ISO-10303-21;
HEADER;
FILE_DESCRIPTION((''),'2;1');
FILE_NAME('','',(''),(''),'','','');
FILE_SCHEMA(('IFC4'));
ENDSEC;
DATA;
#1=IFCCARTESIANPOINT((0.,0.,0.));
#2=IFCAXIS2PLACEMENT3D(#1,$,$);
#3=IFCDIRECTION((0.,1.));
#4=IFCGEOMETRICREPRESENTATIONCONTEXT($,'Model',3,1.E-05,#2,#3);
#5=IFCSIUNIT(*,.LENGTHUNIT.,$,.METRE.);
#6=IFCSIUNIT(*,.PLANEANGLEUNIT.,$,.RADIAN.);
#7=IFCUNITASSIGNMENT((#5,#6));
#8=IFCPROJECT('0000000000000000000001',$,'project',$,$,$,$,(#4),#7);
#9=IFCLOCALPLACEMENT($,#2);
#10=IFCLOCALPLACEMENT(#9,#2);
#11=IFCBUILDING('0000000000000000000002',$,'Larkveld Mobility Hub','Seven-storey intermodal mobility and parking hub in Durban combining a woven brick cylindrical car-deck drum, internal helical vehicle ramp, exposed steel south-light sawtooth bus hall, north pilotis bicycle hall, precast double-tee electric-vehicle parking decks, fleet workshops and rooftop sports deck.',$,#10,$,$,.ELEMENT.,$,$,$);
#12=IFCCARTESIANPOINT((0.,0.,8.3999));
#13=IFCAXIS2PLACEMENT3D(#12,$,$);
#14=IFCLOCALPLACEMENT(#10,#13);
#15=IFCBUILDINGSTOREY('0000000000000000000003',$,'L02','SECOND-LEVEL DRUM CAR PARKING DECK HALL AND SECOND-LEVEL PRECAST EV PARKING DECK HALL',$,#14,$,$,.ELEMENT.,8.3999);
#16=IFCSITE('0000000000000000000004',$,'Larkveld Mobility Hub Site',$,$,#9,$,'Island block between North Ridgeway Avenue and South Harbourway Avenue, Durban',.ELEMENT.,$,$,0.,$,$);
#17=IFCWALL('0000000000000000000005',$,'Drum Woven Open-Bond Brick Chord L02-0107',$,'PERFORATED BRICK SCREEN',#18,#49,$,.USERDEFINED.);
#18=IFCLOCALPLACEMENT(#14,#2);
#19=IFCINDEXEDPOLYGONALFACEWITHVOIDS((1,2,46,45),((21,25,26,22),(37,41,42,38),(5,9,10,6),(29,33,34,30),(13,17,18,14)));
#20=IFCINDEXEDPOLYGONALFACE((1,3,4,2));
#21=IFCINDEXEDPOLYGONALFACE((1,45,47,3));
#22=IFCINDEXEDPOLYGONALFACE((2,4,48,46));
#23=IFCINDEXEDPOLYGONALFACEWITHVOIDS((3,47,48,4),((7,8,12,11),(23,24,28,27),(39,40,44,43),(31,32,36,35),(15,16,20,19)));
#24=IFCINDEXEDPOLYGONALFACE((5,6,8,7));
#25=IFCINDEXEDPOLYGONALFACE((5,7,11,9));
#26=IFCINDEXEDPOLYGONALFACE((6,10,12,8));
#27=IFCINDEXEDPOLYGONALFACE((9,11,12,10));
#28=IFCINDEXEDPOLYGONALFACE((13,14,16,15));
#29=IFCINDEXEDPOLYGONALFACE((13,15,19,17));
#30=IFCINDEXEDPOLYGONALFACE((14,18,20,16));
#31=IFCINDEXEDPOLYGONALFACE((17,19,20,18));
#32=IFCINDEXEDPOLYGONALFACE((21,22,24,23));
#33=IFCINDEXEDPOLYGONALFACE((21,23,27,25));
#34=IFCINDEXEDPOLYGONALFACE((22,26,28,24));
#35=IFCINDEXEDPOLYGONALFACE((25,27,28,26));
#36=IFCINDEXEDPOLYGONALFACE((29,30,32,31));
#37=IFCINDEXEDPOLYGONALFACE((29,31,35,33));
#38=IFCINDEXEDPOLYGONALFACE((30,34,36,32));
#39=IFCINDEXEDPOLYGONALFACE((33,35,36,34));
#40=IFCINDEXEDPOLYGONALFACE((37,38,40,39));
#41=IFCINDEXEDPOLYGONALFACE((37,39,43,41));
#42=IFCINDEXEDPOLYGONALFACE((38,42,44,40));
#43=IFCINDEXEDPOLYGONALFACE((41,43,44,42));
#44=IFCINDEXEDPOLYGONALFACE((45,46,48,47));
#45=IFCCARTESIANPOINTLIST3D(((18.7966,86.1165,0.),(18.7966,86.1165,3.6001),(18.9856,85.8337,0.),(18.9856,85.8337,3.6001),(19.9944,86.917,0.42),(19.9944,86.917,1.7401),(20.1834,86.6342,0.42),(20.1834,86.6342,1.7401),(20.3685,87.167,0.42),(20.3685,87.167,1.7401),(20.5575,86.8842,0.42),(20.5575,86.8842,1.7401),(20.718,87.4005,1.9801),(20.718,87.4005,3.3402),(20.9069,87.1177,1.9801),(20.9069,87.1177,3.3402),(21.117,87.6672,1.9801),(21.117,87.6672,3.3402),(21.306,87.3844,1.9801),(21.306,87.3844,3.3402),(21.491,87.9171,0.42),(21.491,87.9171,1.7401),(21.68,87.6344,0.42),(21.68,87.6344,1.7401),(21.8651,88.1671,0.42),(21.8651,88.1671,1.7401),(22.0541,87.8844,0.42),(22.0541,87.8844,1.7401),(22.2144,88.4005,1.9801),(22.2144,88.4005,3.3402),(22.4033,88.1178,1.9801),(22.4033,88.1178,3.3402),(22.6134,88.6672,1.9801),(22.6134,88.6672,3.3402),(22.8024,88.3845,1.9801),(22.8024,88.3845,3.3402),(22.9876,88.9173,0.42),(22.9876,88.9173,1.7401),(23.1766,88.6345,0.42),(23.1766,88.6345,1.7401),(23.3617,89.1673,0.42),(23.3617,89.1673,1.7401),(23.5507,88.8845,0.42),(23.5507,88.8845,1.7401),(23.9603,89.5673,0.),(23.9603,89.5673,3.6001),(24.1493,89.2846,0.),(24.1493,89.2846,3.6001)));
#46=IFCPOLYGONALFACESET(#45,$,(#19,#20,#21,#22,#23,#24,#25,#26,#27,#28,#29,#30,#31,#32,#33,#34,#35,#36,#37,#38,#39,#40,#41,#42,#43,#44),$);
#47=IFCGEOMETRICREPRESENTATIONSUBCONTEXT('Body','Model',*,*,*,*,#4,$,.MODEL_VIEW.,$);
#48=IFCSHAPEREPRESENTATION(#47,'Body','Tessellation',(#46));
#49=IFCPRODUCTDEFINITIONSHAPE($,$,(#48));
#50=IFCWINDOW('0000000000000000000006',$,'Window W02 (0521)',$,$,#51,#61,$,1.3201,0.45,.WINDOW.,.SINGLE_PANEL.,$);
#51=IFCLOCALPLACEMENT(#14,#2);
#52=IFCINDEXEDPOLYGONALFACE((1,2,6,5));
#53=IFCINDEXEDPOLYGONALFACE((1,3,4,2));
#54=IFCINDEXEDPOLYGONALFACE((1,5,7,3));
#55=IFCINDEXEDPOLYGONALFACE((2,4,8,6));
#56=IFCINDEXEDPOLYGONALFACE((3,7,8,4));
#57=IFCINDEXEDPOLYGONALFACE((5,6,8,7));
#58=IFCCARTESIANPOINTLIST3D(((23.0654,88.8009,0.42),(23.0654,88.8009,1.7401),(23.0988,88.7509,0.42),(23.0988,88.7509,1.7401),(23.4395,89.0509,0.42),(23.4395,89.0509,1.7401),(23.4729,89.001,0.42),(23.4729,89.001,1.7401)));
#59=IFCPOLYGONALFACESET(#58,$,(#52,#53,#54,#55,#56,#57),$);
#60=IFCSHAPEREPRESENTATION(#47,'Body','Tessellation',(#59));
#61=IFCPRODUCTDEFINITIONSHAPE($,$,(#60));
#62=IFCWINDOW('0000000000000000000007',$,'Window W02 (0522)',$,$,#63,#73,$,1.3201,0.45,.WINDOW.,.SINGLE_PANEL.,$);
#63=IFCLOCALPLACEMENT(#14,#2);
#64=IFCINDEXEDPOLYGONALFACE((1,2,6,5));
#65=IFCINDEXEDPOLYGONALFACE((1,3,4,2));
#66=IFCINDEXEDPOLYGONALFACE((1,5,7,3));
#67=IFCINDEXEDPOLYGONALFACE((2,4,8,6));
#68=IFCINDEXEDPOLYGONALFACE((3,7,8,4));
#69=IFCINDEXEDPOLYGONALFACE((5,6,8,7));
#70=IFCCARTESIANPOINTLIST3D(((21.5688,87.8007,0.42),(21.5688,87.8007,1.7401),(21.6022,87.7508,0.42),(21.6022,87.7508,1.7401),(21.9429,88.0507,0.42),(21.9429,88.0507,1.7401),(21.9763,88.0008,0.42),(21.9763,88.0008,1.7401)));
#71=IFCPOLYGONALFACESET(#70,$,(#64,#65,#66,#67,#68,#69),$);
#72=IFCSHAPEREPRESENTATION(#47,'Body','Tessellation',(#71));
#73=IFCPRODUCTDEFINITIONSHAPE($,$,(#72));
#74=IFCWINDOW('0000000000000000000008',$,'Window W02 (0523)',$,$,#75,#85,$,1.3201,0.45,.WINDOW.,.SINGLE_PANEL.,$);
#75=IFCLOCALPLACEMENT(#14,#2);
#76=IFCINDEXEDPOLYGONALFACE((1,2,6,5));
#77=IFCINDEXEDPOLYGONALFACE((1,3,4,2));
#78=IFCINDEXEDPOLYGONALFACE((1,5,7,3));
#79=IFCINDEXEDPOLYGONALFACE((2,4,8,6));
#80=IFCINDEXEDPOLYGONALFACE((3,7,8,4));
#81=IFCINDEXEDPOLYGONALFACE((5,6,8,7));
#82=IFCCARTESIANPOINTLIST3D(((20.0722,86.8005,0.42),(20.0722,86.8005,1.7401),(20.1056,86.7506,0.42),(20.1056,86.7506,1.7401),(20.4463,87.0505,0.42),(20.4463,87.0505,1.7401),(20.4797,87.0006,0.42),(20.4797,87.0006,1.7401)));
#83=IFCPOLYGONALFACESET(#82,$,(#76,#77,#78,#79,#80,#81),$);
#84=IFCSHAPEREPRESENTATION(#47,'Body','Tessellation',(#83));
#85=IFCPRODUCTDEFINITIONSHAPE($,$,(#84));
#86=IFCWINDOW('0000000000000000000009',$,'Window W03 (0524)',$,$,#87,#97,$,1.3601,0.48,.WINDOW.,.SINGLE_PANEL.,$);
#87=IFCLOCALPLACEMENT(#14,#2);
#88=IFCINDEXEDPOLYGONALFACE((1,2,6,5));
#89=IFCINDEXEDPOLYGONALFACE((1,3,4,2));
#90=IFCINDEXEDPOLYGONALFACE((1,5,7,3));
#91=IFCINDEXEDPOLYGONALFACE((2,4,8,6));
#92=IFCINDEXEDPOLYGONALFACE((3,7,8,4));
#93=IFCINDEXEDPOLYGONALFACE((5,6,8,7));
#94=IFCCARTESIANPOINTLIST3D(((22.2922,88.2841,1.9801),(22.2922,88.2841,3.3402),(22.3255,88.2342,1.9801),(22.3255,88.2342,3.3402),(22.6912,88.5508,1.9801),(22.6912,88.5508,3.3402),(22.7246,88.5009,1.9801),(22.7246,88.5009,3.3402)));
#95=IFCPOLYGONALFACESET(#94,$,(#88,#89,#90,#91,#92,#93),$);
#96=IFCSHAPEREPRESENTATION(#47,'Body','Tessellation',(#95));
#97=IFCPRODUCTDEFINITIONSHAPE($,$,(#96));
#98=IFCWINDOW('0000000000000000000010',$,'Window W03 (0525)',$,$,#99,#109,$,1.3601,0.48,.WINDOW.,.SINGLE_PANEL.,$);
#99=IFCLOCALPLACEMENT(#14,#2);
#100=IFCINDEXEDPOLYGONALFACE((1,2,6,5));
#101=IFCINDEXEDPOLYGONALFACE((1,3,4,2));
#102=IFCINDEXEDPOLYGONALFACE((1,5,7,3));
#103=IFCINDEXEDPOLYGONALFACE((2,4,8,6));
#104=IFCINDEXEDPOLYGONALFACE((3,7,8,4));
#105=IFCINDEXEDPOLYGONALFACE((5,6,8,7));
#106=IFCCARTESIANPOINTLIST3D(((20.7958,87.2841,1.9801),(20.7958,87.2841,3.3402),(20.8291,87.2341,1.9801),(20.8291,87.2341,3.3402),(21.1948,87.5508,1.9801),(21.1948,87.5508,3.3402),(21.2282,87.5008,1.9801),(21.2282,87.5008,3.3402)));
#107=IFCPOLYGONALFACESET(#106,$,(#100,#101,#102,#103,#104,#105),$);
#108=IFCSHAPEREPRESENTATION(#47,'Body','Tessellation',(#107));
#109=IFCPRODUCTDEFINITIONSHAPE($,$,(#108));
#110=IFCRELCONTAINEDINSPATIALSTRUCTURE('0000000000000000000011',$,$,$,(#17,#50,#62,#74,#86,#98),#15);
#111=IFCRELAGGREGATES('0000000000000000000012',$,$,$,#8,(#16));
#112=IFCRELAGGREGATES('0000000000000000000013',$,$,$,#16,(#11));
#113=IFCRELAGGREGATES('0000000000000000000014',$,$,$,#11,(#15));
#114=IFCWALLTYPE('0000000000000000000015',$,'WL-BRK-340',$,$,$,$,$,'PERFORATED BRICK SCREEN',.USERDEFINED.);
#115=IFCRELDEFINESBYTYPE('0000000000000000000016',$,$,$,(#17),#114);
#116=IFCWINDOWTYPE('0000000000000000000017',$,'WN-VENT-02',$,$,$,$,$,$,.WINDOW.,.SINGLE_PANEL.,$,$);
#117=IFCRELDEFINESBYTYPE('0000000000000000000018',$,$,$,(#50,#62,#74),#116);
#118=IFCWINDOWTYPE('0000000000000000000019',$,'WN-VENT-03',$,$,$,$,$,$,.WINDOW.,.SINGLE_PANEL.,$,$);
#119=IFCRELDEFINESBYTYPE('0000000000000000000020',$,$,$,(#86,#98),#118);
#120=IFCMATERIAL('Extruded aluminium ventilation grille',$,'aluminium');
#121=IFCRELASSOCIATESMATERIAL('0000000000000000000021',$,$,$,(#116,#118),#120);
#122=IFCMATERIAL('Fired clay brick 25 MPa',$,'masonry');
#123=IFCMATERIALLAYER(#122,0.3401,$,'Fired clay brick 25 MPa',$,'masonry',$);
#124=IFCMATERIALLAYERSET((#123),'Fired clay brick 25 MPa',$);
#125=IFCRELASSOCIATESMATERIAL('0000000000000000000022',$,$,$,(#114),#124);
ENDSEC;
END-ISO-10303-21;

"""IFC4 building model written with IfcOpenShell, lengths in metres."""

from ifc_helpers import new_model, si_unit, direction, frame, frame_2d, origin, place, context, subcontext, project, spatial, rectangle, extrude, material, layer, layer_set, type_object, element, fill, save


model = new_model("IFC4")

# Units and contexts
model_context = context("Model", 3, precision=1e-05, world=origin(), true_north=direction((0.0, 1.0)))
body_context = subcontext(model_context, "Body", "Model", "MODEL_VIEW")
ifc_project = project(units=[si_unit("LENGTHUNIT", "METRE"), si_unit("PLANEANGLEUNIT", "RADIAN")], contexts=[model_context])

# Site, building, storey
site_placement = place(None, origin())
site = spatial("IfcSite", under=ifc_project, at=site_placement, Name="Larkveld Mobility Hub Site", LongName="Island block between North Ridgeway Avenue and South Harbourway Avenue, Durban", CompositionType="ELEMENT", RefElevation=0.0)
building_placement = place(site_placement, origin())
building = spatial("IfcBuilding", under=site, at=building_placement, Name="Larkveld Mobility Hub", Description="Seven-storey intermodal mobility and parking hub in Durban combining a woven brick cylindrical car-deck drum, internal helical vehicle ramp, exposed steel south-light sawtooth bus hall, north pilotis bicycle hall, precast double-tee electric-vehicle parking decks, fleet workshops and rooftop sports deck.", CompositionType="ELEMENT")
storey_placement = place(building_placement, frame((0.0, 0.0, 8.3999)))
storey = spatial("IfcBuildingStorey", under=building, at=storey_placement, Name="L02", Description="SECOND-LEVEL DRUM CAR PARKING DECK HALL AND SECOND-LEVEL PRECAST EV PARKING DECK HALL", CompositionType="ELEMENT", Elevation=8.3999)

# Wall, openings, windows
ifc_material_1 = material(Name="Fired clay brick 25 MPa", Category="masonry")
ifc_material_2 = material(Name="Extruded aluminium ventilation grille", Category="aluminium")
window_type_1 = type_object("IfcWindowType", Name="WN-VENT-02", PartitioningType="SINGLE_PANEL", PredefinedType="WINDOW", material=ifc_material_2)
ifc_layer_1 = layer(ifc_material_1, 0.3401, Name="Fired clay brick 25 MPa", Category="masonry")
ifc_layer_set_1 = layer_set([ifc_layer_1], Name="Fired clay brick 25 MPa")
wall_type_1 = type_object("IfcWallType", Name="WL-BRK-340", ElementType="PERFORATED BRICK SCREEN", PredefinedType="USERDEFINED", material=ifc_layer_set_1)
wall_1_placement = place(storey_placement, frame((24.0549, 89.426, 0.0), z_axis=(0.0, 0.0, 1.0), x_axis=(-0.831427, -0.555634, 0.0)))
wall_1 = element("IfcWall", 1, at=wall_1_placement, inside=storey, type_object=wall_type_1, Name="Drum Woven Open-Bond Brick Chord L02-0107", ObjectType="PERFORATED BRICK SCREEN", PredefinedType="USERDEFINED", context=body_context, shape_type="SweptSolid", body=[
    extrude(rectangle(XDim=6.2107, YDim=0.3401, at=frame_2d((3.1055, 0.0))), origin(), (0.0, 0.0, 1.0), 3.6001),
])
opening_1_placement = place(wall_1_placement, frame((0.72, 0.0, 0.4199)))
opening_1 = element("IfcOpeningElement", 2, at=opening_1_placement, cuts=wall_1, PredefinedType="OPENING", context=body_context, shape_type="SweptSolid", body=[
    extrude(rectangle(XDim=0.45, YDim=1.3201, at=frame_2d((0.2251, 0.6602))), frame((0.0, 0.1802, 0.0), z_axis=(0.0, -1.0, 0.0), x_axis=(1.0, 0.0, 0.0)), (0.0, 0.0, 1.0), 0.3601),
])
opening_2_placement = place(wall_1_placement, frame((2.52, 0.0, 0.4199)))
opening_2 = element("IfcOpeningElement", 3, at=opening_2_placement, cuts=wall_1, PredefinedType="OPENING", context=body_context, shape_type="SweptSolid", body=[
    extrude(rectangle(XDim=0.45, YDim=1.3201, at=frame_2d((0.2251, 0.6602))), frame((0.0, 0.1802, 0.0), z_axis=(0.0, -1.0, 0.0), x_axis=(1.0, 0.0, 0.0)), (0.0, 0.0, 1.0), 0.3601),
])
opening_3_placement = place(wall_1_placement, frame((4.3201, 0.0, 0.4199)))
opening_3 = element("IfcOpeningElement", 4, at=opening_3_placement, cuts=wall_1, PredefinedType="OPENING", context=body_context, shape_type="SweptSolid", body=[
    extrude(rectangle(XDim=0.45, YDim=1.3201, at=frame_2d((0.2251, 0.6602))), frame((0.0, 0.1802, 0.0), z_axis=(0.0, -1.0, 0.0), x_axis=(1.0, 0.0, 0.0)), (0.0, 0.0, 1.0), 0.3601),
])
opening_4_placement = place(wall_1_placement, frame((1.6201, 0.0, 1.98)))
opening_4 = element("IfcOpeningElement", 5, at=opening_4_placement, cuts=wall_1, PredefinedType="OPENING", context=body_context, shape_type="SweptSolid", body=[
    extrude(rectangle(XDim=0.48, YDim=1.3601, at=frame_2d((0.24, 0.6802))), frame((0.0, 0.1802, 0.0), z_axis=(0.0, -1.0, 0.0), x_axis=(1.0, 0.0, 0.0)), (0.0, 0.0, 1.0), 0.3601),
])
opening_5_placement = place(wall_1_placement, frame((3.4199, 0.0, 1.98)))
opening_5 = element("IfcOpeningElement", 6, at=opening_5_placement, cuts=wall_1, PredefinedType="OPENING", context=body_context, shape_type="SweptSolid", body=[
    extrude(rectangle(XDim=0.48, YDim=1.3601, at=frame_2d((0.24, 0.6802))), frame((0.0, 0.1802, 0.0), z_axis=(0.0, -1.0, 0.0), x_axis=(1.0, 0.0, 0.0)), (0.0, 0.0, 1.0), 0.3601),
])
window_1_placement = place(opening_1_placement, origin())
window_1 = element("IfcWindow", 7, at=window_1_placement, inside=storey, type_object=window_type_1, Name="Window W02 (0521)", OverallHeight=1.3201, OverallWidth=0.45, PartitioningType="SINGLE_PANEL", PredefinedType="WINDOW", context=body_context, shape_type="SweptSolid", body=[
    extrude(rectangle(XDim=0.45, YDim=1.3201, at=frame_2d((0.2251, 0.6602))), frame((0.0, 0.03, 0.0), z_axis=(0.0, -1.0, 0.0), x_axis=(1.0, 0.0, 0.0)), (0.0, 0.0, 1.0), 0.0601),
])
fill(opening_1, window_1)
window_2_placement = place(opening_2_placement, origin())
window_2 = element("IfcWindow", 8, at=window_2_placement, inside=storey, type_object=window_type_1, Name="Window W02 (0522)", OverallHeight=1.3201, OverallWidth=0.45, PartitioningType="SINGLE_PANEL", PredefinedType="WINDOW", context=body_context, shape_type="SweptSolid", body=[
    extrude(rectangle(XDim=0.45, YDim=1.3201, at=frame_2d((0.2251, 0.6602))), frame((0.0, 0.03, 0.0), z_axis=(0.0, -1.0, 0.0), x_axis=(1.0, 0.0, 0.0)), (0.0, 0.0, 1.0), 0.0601),
])
fill(opening_2, window_2)
window_3_placement = place(opening_3_placement, origin())
window_3 = element("IfcWindow", 9, at=window_3_placement, inside=storey, type_object=window_type_1, Name="Window W02 (0523)", OverallHeight=1.3201, OverallWidth=0.45, PartitioningType="SINGLE_PANEL", PredefinedType="WINDOW", context=body_context, shape_type="SweptSolid", body=[
    extrude(rectangle(XDim=0.45, YDim=1.3201, at=frame_2d((0.2251, 0.6602))), frame((0.0, 0.03, 0.0), z_axis=(0.0, -1.0, 0.0), x_axis=(1.0, 0.0, 0.0)), (0.0, 0.0, 1.0), 0.0601),
])
fill(opening_3, window_3)
window_type_2 = type_object("IfcWindowType", Name="WN-VENT-03", PartitioningType="SINGLE_PANEL", PredefinedType="WINDOW", material=ifc_material_2)
window_4_placement = place(opening_4_placement, origin())
window_4 = element("IfcWindow", 10, at=window_4_placement, inside=storey, type_object=window_type_2, Name="Window W03 (0524)", OverallHeight=1.3601, OverallWidth=0.48, PartitioningType="SINGLE_PANEL", PredefinedType="WINDOW", context=body_context, shape_type="SweptSolid", body=[
    extrude(rectangle(XDim=0.48, YDim=1.3601, at=frame_2d((0.24, 0.6802))), frame((0.0, 0.03, 0.0), z_axis=(0.0, -1.0, 0.0), x_axis=(1.0, 0.0, 0.0)), (0.0, 0.0, 1.0), 0.0601),
])
fill(opening_4, window_4)
window_5_placement = place(opening_5_placement, origin())
window_5 = element("IfcWindow", 11, at=window_5_placement, inside=storey, type_object=window_type_2, Name="Window W03 (0525)", OverallHeight=1.3601, OverallWidth=0.48, PartitioningType="SINGLE_PANEL", PredefinedType="WINDOW", context=body_context, shape_type="SweptSolid", body=[
    extrude(rectangle(XDim=0.48, YDim=1.3601, at=frame_2d((0.24, 0.6802))), frame((0.0, 0.03, 0.0), z_axis=(0.0, -1.0, 0.0), x_axis=(1.0, 0.0, 0.0)), (0.0, 0.0, 1.0), 0.0601),
])
fill(opening_5, window_5)

save(model, "model.ifc")
